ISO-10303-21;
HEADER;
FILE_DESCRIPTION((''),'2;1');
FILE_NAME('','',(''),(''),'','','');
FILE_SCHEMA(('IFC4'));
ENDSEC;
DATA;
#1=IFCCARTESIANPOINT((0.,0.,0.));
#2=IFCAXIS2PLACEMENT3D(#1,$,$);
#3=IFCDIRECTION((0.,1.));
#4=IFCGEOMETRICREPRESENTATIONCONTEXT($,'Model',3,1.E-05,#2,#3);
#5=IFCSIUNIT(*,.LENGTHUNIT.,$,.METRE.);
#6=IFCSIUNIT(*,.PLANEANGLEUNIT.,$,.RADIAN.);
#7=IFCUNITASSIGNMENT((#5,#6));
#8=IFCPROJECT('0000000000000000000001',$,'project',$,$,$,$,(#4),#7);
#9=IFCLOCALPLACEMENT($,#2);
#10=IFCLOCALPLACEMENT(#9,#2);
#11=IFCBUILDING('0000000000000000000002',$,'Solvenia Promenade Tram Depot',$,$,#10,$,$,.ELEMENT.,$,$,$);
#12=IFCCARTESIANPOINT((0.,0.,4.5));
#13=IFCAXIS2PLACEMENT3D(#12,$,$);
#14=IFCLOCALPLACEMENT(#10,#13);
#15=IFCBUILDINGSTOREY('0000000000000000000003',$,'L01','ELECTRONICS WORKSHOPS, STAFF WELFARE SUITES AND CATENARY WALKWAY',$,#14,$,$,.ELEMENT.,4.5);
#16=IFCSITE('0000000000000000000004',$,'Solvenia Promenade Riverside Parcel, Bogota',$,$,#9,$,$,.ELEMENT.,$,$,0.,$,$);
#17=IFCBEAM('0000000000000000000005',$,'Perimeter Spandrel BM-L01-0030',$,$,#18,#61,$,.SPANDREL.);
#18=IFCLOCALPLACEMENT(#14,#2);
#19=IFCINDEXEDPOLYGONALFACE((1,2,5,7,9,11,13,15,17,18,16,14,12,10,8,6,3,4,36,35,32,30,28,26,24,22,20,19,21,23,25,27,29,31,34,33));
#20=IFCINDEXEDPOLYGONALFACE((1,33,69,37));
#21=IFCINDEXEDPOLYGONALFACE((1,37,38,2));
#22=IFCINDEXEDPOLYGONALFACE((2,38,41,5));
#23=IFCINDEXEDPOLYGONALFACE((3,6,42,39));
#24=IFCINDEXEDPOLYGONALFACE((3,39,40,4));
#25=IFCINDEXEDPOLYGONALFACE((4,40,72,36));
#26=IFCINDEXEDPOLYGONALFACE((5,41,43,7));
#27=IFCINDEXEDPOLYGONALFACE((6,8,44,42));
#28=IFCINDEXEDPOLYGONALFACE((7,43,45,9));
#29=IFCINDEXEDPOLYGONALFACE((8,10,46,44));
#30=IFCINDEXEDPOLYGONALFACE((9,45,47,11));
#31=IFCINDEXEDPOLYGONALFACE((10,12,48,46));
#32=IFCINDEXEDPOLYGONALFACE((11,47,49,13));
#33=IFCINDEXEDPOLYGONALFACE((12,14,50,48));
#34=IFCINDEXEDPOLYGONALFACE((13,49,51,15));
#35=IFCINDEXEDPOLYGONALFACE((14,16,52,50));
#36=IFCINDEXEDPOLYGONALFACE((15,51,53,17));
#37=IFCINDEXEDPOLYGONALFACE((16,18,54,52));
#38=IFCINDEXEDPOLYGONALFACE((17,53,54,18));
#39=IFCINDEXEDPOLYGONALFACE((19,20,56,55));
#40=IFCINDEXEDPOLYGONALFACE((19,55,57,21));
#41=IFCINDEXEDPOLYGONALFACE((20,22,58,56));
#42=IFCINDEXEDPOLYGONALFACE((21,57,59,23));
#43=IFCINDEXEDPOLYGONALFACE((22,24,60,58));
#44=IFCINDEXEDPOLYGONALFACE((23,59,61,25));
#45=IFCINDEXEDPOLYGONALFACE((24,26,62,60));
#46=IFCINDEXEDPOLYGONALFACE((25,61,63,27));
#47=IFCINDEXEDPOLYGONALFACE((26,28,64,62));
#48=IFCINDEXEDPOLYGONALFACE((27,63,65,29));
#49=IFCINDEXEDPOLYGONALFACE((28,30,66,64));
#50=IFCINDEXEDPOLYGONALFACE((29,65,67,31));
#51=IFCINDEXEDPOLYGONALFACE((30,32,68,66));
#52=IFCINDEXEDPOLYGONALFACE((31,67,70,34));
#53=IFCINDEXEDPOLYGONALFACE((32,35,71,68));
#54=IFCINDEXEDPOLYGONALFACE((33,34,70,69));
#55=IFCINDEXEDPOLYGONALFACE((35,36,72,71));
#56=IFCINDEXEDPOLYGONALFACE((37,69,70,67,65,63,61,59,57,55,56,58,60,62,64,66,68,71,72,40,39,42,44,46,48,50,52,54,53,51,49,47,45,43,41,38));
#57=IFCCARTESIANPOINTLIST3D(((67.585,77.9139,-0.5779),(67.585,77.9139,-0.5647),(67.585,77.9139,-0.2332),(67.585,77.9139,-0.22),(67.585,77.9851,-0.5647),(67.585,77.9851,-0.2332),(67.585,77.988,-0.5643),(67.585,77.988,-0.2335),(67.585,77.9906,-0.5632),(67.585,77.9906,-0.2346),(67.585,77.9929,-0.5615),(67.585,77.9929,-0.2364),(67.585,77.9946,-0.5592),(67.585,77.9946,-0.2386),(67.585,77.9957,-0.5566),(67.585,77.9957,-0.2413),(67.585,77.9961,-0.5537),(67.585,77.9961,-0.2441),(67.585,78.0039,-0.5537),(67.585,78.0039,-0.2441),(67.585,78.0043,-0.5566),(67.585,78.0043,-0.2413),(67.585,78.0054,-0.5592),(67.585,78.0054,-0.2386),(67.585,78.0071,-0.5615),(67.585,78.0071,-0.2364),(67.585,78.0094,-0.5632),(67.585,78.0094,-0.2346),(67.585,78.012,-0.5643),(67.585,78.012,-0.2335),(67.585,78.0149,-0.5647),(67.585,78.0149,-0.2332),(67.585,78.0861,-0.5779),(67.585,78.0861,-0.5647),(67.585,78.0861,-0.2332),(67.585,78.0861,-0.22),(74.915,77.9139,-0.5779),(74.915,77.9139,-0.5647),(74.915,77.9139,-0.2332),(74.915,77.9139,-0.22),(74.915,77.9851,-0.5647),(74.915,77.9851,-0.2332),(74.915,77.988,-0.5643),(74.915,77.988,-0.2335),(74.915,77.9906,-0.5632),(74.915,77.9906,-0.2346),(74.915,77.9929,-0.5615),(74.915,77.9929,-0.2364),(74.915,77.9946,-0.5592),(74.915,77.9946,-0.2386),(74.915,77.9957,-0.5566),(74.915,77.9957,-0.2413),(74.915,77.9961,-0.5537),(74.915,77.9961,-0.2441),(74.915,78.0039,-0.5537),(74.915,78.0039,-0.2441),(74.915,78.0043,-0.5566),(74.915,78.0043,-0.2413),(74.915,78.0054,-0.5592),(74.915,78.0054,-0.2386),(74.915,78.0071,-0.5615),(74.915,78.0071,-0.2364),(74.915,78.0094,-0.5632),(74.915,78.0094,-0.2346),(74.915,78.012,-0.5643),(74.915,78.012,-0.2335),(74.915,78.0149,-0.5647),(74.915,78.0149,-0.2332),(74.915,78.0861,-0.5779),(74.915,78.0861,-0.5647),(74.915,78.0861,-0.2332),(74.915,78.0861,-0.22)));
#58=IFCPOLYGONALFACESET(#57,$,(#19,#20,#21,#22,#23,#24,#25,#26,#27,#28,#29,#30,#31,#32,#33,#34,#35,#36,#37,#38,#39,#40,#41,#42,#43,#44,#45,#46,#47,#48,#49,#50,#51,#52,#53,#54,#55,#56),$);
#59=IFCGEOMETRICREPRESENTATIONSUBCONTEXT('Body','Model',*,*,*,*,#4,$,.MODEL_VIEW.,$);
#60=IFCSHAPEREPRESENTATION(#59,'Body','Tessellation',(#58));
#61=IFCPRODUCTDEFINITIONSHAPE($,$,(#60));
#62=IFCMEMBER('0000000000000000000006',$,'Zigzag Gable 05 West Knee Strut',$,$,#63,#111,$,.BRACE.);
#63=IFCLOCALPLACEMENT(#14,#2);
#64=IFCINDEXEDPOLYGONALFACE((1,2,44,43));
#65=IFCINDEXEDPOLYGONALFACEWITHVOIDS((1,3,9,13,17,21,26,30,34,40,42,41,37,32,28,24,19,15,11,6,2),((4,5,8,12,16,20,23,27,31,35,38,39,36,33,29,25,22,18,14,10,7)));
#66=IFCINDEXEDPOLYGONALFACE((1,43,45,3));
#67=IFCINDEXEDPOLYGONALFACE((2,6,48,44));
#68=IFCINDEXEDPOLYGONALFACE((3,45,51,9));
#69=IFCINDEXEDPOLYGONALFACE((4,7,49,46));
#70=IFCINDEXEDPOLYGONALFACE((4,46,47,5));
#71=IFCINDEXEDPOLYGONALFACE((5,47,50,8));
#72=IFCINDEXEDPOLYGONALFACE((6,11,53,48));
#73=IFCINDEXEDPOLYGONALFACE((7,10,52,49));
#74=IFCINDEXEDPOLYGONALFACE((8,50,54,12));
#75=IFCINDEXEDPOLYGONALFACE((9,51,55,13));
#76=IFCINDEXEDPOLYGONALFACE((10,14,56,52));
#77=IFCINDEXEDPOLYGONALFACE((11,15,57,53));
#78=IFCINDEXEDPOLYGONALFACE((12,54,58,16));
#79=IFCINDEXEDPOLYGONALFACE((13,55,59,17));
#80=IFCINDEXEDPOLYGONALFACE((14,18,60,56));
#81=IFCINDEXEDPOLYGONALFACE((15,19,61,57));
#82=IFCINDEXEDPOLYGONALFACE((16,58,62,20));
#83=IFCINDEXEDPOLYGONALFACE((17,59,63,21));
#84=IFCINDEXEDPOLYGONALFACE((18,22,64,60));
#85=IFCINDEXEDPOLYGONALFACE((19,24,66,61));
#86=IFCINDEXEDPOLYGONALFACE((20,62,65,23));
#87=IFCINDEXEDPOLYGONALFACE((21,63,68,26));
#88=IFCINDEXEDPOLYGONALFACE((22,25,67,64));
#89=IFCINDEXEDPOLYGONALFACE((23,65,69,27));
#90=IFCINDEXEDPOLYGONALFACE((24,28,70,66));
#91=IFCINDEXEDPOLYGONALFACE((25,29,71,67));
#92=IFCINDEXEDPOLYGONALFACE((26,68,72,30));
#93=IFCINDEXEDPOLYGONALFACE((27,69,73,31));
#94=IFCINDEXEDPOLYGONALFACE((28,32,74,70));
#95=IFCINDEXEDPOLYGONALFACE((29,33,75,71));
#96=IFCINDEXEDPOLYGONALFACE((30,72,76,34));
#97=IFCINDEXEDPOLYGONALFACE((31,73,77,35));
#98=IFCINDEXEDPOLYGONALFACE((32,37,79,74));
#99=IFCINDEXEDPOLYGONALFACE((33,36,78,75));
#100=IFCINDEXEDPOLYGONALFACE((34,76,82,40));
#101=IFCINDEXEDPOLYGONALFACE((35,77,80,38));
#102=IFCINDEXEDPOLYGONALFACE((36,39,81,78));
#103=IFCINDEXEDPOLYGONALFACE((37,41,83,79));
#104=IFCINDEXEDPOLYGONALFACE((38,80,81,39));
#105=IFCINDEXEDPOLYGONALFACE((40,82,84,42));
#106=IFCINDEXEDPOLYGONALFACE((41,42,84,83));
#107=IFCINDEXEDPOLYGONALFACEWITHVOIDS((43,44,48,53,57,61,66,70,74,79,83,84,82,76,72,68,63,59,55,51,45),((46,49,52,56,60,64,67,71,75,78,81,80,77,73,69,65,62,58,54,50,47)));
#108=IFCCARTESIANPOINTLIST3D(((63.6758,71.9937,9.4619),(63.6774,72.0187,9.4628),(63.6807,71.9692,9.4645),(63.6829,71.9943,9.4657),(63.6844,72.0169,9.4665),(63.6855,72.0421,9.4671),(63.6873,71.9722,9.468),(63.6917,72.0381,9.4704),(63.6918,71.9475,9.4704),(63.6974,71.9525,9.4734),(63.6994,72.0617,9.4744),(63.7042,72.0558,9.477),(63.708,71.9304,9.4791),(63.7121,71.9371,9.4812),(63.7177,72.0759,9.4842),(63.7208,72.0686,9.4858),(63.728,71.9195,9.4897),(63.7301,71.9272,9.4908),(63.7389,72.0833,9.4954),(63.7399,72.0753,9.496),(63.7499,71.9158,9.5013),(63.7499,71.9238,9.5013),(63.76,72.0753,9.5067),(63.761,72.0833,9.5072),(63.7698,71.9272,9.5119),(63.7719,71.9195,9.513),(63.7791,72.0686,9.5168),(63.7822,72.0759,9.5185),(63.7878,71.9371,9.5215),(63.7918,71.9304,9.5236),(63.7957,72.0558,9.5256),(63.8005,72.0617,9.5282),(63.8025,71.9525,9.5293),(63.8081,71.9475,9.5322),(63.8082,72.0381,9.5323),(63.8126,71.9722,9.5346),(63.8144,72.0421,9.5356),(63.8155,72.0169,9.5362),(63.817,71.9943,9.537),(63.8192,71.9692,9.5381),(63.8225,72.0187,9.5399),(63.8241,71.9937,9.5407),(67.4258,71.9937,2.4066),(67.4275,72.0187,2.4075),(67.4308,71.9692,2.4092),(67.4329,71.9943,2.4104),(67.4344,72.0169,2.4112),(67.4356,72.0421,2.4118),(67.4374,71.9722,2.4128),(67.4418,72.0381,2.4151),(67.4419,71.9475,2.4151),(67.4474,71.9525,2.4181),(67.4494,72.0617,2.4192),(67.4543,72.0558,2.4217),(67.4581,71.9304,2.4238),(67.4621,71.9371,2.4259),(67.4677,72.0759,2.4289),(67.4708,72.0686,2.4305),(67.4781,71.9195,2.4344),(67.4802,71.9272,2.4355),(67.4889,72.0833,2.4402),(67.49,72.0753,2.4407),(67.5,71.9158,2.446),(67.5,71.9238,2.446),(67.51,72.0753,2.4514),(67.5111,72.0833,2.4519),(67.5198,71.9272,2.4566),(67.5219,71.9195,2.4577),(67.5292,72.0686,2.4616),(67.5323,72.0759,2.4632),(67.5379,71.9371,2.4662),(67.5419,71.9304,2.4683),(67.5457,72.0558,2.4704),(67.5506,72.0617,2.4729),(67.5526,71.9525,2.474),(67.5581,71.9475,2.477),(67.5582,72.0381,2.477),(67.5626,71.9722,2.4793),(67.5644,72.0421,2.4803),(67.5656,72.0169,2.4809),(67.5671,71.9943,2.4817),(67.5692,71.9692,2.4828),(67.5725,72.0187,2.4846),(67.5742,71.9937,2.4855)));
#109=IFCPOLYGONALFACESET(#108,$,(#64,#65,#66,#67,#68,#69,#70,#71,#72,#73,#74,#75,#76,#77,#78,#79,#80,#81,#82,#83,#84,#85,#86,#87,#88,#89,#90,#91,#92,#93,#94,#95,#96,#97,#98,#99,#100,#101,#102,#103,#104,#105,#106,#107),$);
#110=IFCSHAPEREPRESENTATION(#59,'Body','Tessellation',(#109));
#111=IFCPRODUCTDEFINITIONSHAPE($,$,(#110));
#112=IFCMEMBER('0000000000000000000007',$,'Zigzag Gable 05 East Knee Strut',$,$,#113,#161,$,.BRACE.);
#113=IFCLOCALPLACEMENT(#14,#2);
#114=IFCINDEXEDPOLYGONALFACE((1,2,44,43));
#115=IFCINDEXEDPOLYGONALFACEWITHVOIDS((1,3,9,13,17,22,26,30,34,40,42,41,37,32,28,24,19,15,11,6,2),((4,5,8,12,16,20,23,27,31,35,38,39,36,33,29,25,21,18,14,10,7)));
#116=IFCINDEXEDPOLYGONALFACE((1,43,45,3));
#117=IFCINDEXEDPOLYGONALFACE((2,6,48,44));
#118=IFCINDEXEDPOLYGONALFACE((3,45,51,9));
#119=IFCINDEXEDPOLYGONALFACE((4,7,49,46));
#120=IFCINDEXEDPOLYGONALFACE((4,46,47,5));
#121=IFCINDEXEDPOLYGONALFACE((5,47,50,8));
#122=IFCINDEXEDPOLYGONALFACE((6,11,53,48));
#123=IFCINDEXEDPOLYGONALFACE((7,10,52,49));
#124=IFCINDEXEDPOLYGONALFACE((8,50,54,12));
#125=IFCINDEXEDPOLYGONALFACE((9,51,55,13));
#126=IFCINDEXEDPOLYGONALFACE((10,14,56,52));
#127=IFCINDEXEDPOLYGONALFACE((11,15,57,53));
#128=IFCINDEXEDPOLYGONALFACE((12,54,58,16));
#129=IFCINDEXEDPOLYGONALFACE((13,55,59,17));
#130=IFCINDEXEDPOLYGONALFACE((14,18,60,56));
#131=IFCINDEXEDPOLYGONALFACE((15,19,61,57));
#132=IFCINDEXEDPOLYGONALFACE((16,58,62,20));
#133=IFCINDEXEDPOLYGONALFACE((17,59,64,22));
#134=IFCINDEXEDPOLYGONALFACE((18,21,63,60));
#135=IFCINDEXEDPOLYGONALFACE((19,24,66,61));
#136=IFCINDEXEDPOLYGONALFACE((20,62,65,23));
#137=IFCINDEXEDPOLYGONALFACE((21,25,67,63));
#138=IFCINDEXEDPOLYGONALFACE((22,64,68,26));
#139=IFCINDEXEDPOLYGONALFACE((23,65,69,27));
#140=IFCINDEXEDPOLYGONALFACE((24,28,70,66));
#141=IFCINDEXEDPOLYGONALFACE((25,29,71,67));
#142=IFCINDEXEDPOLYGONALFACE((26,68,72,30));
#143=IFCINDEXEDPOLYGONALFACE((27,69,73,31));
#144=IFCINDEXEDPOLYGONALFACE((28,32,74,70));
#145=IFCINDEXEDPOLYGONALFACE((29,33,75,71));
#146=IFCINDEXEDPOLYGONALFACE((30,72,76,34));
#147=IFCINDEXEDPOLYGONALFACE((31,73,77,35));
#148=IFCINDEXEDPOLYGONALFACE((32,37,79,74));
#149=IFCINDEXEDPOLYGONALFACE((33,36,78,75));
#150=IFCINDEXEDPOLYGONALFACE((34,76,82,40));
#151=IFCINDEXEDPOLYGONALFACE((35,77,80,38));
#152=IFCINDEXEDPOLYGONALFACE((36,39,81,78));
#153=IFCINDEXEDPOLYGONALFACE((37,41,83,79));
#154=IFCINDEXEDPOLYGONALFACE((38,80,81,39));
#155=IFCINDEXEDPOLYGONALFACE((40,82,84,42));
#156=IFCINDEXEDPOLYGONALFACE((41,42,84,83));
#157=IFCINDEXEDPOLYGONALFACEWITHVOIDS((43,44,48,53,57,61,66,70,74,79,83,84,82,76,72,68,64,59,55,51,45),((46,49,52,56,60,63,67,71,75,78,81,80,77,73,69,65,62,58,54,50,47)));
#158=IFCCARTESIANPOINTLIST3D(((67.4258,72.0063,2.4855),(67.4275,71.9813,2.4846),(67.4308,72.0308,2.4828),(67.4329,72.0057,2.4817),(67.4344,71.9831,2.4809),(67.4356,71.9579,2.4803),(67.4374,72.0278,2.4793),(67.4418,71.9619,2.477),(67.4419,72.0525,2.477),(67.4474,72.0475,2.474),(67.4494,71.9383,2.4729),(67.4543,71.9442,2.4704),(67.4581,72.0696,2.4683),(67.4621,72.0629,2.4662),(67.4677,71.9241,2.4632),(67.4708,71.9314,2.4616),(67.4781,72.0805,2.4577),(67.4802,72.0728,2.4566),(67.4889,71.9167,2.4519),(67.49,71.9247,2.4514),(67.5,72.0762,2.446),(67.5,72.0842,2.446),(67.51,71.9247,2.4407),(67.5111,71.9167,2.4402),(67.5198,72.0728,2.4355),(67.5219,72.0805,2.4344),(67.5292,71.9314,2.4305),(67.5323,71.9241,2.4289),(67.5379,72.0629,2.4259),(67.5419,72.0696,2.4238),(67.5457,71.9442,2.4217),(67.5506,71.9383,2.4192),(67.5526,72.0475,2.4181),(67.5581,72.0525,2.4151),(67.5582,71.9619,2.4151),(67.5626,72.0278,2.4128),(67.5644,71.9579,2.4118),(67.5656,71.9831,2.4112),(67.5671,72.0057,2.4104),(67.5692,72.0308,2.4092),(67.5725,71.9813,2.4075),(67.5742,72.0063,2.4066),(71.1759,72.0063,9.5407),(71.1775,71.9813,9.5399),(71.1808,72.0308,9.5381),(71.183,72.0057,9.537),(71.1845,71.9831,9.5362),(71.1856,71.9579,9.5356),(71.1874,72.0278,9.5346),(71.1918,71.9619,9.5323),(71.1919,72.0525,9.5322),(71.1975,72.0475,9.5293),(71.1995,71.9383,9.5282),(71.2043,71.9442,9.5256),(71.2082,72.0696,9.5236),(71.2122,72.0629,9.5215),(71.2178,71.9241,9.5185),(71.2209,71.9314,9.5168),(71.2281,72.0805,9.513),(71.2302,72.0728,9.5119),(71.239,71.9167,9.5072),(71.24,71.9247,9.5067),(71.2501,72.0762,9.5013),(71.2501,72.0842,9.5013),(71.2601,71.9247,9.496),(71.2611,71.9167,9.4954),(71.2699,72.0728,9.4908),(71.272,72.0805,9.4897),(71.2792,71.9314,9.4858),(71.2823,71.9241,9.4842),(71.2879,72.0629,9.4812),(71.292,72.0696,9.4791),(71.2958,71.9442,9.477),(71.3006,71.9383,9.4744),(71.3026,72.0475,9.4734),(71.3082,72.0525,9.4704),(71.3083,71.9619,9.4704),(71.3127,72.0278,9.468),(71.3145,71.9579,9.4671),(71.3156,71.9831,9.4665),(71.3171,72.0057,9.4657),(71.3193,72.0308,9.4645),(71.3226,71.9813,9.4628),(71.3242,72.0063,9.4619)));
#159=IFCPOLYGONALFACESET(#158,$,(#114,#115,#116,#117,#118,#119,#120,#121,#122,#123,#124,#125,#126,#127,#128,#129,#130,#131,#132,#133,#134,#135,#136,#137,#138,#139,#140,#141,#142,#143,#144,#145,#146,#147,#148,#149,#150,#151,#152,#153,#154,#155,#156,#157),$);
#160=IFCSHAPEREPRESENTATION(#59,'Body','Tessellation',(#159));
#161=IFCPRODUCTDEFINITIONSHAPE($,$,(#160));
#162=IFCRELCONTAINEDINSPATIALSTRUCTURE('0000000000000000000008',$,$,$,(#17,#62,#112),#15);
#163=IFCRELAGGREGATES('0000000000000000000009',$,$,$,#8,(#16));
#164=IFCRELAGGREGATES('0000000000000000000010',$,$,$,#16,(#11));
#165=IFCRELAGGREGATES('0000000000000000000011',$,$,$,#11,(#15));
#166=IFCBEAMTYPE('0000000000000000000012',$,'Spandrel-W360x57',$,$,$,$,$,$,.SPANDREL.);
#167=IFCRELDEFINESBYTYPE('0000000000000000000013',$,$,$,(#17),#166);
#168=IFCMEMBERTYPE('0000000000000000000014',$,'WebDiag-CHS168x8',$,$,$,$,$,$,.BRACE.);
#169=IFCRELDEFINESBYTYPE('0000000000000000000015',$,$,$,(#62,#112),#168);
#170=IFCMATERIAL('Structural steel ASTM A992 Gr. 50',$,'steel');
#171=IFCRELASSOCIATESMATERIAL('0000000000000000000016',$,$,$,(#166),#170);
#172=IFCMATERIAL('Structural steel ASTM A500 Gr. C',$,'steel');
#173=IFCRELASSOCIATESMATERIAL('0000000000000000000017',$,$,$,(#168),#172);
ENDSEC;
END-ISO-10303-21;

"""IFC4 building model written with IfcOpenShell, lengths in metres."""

from ifc_helpers import new_model, si_unit, direction, frame, origin, origin_2d, place, context, subcontext, project, spatial, hollow_circle, i_section, extrude, material, material_profile, profile_set, type_object, element, save


model = new_model("IFC4")

# Units and contexts
model_context = context("Model", 3, precision=1e-05, world=origin(), true_north=direction((0.0, 1.0)))
body_context = subcontext(model_context, "Body", "Model", "MODEL_VIEW")
ifc_project = project(units=[si_unit("LENGTHUNIT", "METRE"), si_unit("PLANEANGLEUNIT", "RADIAN")], contexts=[model_context])

# Site, building, storey
site_placement = place(None, origin())
site = spatial("IfcSite", under=ifc_project, at=site_placement, Name="Solvenia Promenade Riverside Parcel, Bogota", CompositionType="ELEMENT", RefElevation=0.0)
building_placement = place(site_placement, origin())
building = spatial("IfcBuilding", under=site, at=building_placement, Name="Solvenia Promenade Tram Depot", CompositionType="ELEMENT")
storey_placement = place(building_placement, frame((0.0, 0.0, 4.5)))
storey = spatial("IfcBuildingStorey", under=building, at=storey_placement, Name="L01", Description="ELECTRONICS WORKSHOPS, STAFF WELFARE SUITES AND CATENARY WALKWAY", CompositionType="ELEMENT", Elevation=4.5)

# Shared definitions
ifc_material_1 = material(Name="Structural steel ASTM A992 Gr. 50", Category="steel")

# Shared definitions
ifc_material_2 = material(Name="Structural steel ASTM A500 Gr. C", Category="steel")

# Beam
ifc_material_profile_1 = material_profile(ifc_material_1, i_section(OverallWidth=0.1721, OverallDepth=0.3579, WebThickness=0.0078, FlangeThickness=0.0132, FilletRadius=0.011, at=origin_2d()), Name="W360x57", Category="steel")
ifc_profile_set_1 = profile_set([ifc_material_profile_1], Name="Structural steel ASTM A992 Gr. 50")
beam_type_1 = type_object("IfcBeamType", Name="Spandrel-W360x57", PredefinedType="SPANDREL", material=ifc_profile_set_1)
beam_placement = place(storey_placement, frame((67.585, 78.0, -0.3989), z_axis=(1.0, 0.0, 0.0), x_axis=(0.0, 1.0, 0.0)))
element("IfcBeam", 1, at=beam_placement, inside=storey, type_object=beam_type_1, Name="Perimeter Spandrel BM-L01-0030", PredefinedType="SPANDREL", context=body_context, shape_type="SweptSolid", body=[
    extrude(i_section(OverallWidth=0.1721, OverallDepth=0.3579, WebThickness=0.0078, FlangeThickness=0.0132, FilletRadius=0.011, at=origin_2d()), origin(), (0.0, 0.0, 1.0), 7.3301),
])

# Members
ifc_material_profile_2 = material_profile(ifc_material_2, hollow_circle(Radius=0.0842, WallThickness=0.0081, at=origin_2d()), Name="CHS168.3x8", Category="steel")
ifc_profile_set_2 = profile_set([ifc_material_profile_2], Name="Structural steel ASTM A500 Gr. C")
member_type_1 = type_object("IfcMemberType", Name="WebDiag-CHS168x8", PredefinedType="BRACE", material=ifc_profile_set_2)
for number, where, z_axis, x_axis, name in (
    (2, (67.5, 72.0, 2.446), (-0.469344, 0.0, 0.883015), (0.0, -1.0, 0.0), "Zigzag Gable 05 West Knee Strut"),
    (3, (67.5, 72.0, 2.446), (0.469344, 0.0, 0.883015), (0.0, 1.0, 0.0), "Zigzag Gable 05 East Knee Strut"),
):
    element("IfcMember", number, at=place(storey_placement, frame(where, z_axis=z_axis, x_axis=x_axis)), inside=storey, type_object=member_type_1, Name=name, PredefinedType="BRACE", context=body_context, shape_type="SweptSolid", body=[
        extrude(hollow_circle(Radius=0.0842, WallThickness=0.0081, at=origin_2d()), origin(), (0.0, 0.0, 1.0), 7.99),
    ])

save(model, "model.ifc")
